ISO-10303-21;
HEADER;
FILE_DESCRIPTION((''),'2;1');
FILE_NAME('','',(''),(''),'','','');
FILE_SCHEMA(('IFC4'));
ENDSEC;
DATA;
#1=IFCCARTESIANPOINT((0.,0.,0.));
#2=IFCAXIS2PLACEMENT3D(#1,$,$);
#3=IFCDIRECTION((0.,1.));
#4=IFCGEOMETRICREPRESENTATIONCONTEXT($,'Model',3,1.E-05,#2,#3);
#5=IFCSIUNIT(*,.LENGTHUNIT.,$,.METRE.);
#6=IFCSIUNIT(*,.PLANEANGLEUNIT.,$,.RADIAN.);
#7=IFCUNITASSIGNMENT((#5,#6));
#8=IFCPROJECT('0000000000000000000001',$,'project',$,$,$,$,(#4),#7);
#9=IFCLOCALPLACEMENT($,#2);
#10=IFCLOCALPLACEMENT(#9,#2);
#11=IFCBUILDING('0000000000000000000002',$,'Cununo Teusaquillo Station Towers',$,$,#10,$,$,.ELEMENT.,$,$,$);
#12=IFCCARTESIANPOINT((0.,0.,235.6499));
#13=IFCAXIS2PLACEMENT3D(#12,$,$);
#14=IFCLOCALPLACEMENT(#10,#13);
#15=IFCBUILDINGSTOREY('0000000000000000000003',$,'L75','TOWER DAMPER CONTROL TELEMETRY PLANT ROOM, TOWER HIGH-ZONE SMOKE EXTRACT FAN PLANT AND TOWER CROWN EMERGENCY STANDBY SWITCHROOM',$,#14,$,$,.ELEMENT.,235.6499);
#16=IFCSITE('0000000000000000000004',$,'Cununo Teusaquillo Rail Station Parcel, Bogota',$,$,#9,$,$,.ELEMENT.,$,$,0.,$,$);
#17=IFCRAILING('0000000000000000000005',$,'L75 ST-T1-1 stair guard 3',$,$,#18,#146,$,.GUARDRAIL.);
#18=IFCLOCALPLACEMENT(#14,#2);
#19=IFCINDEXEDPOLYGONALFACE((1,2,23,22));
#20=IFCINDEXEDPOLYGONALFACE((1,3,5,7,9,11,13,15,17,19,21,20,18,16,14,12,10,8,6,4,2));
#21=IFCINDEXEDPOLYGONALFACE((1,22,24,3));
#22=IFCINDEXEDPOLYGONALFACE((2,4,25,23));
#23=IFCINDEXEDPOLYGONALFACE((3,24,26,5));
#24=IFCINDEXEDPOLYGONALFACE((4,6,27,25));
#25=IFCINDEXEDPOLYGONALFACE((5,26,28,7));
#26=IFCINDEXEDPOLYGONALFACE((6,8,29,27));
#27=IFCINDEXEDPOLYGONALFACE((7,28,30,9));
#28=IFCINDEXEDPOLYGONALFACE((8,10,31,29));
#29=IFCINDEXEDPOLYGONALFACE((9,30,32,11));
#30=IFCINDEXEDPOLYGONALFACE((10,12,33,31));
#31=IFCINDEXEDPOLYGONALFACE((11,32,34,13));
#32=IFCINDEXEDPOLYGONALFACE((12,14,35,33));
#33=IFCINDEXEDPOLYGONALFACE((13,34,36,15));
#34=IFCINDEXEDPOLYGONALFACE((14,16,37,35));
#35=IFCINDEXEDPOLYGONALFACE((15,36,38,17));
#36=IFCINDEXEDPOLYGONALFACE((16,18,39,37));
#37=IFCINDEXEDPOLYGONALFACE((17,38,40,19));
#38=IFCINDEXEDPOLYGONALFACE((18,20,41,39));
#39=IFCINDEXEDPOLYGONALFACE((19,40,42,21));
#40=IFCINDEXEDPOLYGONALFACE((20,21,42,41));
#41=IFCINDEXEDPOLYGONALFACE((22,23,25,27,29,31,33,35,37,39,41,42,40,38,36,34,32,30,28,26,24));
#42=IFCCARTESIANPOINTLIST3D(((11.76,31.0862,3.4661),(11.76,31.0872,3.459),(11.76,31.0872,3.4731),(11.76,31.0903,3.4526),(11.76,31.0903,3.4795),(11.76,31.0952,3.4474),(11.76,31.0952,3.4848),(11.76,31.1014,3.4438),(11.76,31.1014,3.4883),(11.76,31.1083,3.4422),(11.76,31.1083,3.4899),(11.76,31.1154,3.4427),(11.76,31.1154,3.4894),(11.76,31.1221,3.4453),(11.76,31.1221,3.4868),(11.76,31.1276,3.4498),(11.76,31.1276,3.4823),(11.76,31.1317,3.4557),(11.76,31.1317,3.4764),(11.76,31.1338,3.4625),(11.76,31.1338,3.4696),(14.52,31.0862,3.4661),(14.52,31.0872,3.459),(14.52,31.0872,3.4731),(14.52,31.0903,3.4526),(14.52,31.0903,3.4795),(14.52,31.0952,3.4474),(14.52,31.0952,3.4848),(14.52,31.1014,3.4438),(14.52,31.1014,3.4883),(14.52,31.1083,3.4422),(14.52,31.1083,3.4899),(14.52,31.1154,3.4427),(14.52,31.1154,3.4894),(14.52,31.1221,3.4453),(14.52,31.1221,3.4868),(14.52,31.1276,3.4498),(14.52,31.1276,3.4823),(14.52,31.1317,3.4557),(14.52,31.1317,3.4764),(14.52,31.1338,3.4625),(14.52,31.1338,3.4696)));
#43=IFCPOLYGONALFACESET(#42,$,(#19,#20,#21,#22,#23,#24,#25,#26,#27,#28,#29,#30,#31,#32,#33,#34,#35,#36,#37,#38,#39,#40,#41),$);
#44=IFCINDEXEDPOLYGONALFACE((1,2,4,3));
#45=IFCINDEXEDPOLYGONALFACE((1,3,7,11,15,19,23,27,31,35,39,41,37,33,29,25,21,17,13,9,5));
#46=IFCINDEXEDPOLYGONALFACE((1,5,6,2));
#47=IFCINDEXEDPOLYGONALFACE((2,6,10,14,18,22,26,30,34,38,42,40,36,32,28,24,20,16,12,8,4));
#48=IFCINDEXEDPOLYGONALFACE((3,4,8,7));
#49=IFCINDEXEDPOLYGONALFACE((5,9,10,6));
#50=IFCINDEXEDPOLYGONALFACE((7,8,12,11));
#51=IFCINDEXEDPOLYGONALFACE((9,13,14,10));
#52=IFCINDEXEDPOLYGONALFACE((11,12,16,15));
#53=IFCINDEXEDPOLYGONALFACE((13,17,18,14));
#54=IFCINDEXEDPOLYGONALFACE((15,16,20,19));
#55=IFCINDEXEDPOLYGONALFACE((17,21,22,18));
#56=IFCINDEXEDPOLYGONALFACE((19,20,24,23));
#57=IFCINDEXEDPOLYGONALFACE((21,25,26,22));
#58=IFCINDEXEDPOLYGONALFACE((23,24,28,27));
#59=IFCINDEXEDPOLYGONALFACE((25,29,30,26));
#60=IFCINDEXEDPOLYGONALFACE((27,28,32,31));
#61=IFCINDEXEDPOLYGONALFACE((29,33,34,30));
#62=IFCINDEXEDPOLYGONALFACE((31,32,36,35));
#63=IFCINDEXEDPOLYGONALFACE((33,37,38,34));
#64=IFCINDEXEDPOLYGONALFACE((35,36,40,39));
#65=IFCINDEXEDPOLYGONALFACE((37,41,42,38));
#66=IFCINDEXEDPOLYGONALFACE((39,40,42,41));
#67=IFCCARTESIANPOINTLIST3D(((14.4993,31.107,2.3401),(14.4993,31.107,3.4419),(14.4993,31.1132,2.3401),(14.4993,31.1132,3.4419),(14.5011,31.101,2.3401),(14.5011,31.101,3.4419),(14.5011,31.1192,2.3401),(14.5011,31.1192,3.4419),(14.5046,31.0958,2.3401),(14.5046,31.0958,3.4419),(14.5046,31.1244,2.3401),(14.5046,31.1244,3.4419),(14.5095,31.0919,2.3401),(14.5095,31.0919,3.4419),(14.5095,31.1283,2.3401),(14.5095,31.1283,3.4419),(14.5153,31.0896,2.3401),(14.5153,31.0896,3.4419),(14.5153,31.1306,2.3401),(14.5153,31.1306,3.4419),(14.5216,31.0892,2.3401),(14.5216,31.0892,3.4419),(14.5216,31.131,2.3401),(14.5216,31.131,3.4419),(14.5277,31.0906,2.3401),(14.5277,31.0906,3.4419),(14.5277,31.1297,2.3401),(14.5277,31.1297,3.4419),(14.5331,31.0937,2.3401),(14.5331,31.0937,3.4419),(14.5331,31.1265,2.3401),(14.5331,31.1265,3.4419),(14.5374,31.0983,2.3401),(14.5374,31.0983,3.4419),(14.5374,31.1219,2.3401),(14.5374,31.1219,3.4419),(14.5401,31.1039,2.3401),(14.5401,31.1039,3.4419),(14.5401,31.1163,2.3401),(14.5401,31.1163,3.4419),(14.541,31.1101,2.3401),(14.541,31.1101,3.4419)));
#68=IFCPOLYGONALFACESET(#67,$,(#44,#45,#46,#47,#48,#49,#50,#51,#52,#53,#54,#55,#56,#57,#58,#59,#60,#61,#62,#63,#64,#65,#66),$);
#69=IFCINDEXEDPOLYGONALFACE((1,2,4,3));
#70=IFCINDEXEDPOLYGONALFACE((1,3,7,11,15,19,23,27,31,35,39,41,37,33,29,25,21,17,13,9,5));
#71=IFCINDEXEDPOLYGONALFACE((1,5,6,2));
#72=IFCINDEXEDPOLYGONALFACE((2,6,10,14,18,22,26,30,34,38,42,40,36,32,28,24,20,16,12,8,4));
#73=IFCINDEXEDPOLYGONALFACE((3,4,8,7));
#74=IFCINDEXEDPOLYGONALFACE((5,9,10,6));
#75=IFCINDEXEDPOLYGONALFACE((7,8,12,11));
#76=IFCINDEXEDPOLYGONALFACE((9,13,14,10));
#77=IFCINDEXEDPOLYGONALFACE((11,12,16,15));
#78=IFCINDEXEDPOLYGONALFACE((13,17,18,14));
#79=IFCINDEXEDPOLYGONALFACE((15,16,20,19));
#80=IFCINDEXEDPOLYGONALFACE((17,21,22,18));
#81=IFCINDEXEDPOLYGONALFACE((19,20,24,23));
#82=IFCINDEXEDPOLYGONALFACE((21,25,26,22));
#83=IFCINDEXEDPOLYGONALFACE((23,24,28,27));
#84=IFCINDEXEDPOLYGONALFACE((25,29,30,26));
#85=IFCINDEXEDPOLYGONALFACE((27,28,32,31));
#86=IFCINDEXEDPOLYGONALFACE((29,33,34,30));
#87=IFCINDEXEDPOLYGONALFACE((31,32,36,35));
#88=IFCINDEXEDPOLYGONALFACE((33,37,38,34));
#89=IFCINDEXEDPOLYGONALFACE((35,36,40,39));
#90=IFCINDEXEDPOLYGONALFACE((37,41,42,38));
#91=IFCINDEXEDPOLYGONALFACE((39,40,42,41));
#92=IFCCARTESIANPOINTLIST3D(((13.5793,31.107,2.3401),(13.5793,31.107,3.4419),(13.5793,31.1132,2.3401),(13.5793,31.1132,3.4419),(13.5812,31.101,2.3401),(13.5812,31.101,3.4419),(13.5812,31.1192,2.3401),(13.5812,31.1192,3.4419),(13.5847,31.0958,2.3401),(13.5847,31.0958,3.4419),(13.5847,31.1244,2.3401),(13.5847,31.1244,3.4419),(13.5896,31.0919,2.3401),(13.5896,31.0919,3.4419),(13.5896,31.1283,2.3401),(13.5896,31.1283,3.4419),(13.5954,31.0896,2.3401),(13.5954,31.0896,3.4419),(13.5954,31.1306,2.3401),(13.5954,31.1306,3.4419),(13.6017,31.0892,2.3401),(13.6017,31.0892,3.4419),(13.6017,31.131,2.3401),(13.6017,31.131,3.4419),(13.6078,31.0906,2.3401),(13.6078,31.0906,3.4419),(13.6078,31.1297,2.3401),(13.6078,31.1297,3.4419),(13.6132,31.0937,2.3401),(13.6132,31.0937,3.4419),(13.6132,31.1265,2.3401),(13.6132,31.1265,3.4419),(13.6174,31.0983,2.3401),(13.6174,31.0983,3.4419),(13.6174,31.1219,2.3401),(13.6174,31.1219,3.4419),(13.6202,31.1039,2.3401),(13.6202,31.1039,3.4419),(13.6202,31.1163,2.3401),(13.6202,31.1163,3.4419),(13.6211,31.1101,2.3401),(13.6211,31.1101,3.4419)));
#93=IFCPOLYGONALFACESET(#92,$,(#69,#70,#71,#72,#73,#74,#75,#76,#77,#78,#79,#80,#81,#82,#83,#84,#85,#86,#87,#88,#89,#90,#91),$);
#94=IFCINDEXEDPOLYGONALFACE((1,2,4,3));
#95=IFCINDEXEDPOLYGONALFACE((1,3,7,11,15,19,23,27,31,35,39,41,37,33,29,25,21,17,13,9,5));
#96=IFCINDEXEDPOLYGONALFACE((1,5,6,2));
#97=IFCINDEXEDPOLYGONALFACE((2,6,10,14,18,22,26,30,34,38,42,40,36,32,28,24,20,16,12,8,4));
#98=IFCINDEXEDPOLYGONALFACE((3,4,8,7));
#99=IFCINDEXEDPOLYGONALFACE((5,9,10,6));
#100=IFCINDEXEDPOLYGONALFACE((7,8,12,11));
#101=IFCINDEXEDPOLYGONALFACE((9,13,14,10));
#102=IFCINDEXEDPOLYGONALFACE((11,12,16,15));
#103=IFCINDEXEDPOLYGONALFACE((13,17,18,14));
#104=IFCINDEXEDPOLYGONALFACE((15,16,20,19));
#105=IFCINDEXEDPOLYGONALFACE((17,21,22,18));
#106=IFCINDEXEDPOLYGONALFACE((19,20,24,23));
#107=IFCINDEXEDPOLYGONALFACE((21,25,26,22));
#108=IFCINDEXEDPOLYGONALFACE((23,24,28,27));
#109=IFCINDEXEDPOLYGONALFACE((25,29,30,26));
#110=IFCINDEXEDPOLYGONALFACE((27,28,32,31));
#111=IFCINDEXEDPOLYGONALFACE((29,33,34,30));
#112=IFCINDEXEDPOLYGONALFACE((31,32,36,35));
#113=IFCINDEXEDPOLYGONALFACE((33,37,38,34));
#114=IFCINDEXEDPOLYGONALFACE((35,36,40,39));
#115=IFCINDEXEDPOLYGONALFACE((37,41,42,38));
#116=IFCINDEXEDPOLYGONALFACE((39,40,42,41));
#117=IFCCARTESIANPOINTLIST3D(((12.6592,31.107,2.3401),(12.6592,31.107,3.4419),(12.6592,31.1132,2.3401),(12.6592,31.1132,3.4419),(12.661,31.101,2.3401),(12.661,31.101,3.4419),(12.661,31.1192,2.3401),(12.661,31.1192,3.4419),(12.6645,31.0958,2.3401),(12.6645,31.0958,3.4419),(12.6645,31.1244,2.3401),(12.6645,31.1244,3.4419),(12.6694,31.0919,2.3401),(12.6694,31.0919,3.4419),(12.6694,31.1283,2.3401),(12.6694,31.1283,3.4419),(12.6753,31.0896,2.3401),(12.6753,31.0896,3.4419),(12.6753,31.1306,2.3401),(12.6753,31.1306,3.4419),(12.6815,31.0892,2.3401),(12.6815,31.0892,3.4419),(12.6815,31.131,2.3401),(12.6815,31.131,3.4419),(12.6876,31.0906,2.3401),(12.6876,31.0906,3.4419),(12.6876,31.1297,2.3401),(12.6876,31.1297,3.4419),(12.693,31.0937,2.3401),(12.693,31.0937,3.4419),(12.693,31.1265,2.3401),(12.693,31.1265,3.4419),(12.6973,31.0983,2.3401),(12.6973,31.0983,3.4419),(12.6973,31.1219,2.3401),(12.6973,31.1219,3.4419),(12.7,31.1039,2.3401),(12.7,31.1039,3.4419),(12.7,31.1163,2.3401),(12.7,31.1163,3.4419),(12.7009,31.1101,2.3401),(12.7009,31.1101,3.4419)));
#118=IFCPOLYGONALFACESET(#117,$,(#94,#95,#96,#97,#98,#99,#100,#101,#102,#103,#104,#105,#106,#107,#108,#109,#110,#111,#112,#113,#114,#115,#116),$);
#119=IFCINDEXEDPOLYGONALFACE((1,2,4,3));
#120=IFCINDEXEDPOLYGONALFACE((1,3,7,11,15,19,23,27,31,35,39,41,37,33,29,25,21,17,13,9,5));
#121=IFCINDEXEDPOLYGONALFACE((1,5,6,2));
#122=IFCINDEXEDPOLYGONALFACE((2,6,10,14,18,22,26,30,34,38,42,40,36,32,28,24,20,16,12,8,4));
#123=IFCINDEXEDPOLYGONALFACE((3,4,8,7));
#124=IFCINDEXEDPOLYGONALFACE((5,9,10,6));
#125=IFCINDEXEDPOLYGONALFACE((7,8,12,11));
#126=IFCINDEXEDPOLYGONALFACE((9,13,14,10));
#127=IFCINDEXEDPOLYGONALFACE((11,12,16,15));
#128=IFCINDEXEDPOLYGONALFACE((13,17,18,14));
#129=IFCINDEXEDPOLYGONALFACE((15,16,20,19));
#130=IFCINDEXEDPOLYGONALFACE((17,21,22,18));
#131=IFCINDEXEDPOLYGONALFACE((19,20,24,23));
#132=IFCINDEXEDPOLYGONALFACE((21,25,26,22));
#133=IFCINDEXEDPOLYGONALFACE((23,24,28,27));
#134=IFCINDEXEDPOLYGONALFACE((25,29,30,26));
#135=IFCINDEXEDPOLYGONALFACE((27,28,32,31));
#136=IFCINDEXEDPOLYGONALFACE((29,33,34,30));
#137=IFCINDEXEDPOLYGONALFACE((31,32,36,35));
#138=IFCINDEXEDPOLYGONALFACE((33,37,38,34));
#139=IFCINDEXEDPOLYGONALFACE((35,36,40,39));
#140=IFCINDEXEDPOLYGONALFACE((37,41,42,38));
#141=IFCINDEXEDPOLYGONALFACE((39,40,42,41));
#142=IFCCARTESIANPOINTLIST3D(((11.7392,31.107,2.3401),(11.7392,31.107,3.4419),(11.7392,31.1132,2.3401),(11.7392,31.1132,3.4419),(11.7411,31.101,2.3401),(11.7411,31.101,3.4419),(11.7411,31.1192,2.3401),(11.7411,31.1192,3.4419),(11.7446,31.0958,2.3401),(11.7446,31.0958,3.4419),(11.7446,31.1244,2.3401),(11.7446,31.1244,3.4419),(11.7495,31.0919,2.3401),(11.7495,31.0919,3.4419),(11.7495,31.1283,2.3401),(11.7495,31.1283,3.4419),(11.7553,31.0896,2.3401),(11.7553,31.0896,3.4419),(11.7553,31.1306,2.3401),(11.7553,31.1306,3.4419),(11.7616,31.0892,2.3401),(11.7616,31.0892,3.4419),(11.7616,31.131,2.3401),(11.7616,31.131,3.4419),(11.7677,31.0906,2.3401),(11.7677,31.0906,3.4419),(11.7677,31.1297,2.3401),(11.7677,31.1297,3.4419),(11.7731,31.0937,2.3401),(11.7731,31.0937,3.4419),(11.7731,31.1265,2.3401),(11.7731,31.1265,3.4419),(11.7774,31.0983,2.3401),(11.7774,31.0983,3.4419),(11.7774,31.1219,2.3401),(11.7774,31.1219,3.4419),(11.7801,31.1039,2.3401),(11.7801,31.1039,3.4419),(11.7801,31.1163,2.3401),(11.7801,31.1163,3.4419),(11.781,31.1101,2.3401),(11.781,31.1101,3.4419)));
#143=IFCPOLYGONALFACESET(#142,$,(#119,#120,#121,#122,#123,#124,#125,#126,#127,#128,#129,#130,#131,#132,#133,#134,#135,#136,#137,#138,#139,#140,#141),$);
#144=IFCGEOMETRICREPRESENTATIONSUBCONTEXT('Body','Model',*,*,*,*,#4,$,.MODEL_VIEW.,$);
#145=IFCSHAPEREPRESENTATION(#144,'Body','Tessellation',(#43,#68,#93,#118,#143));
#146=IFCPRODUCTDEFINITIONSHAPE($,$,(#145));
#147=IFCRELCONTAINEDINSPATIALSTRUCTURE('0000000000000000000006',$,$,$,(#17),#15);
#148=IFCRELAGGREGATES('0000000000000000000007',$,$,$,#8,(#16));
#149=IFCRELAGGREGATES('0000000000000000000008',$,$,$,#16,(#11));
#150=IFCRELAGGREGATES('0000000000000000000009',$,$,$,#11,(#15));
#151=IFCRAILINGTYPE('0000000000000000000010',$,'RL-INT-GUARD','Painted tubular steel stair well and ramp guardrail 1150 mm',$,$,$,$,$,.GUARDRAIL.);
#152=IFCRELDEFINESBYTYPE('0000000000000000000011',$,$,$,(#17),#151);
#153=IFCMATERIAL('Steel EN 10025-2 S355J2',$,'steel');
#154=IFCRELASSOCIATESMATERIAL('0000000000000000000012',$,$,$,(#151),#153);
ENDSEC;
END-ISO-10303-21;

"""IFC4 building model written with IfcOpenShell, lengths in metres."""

from ifc_helpers import new_model, si_unit, direction, frame, origin, origin_2d, place, context, subcontext, project, spatial, circle, extrude, material, type_object, element, save


model = new_model("IFC4")

# Units and contexts
model_context = context("Model", 3, precision=1e-05, world=origin(), true_north=direction((0.0, 1.0)))
body_context = subcontext(model_context, "Body", "Model", "MODEL_VIEW")
ifc_project = project(units=[si_unit("LENGTHUNIT", "METRE"), si_unit("PLANEANGLEUNIT", "RADIAN")], contexts=[model_context])

# Site, building, storey
site_placement = place(None, origin())
site = spatial("IfcSite", under=ifc_project, at=site_placement, Name="Cununo Teusaquillo Rail Station Parcel, Bogota", CompositionType="ELEMENT", RefElevation=0.0)
building_placement = place(site_placement, origin())
building = spatial("IfcBuilding", under=site, at=building_placement, Name="Cununo Teusaquillo Station Towers", CompositionType="ELEMENT")
storey_placement = place(building_placement, frame((0.0, 0.0, 235.6499)))
storey = spatial("IfcBuildingStorey", under=building, at=storey_placement, Name="L75", Description="TOWER DAMPER CONTROL TELEMETRY PLANT ROOM, TOWER HIGH-ZONE SMOKE EXTRACT FAN PLANT AND TOWER CROWN EMERGENCY STANDBY SWITCHROOM", CompositionType="ELEMENT", Elevation=235.6499)

# Railing
ifc_material_1 = material(Name="Steel EN 10025-2 S355J2", Category="steel")
railing_type_1 = type_object("IfcRailingType", Name="RL-INT-GUARD", Description="Painted tubular steel stair well and ramp guardrail 1150 mm", PredefinedType="GUARDRAIL", material=ifc_material_1)
railing_1_placement = place(storey_placement, frame((14.52, 31.1101, 2.3401)))
element("IfcRailing", 1, at=railing_1_placement, inside=storey, type_object=railing_type_1, Name="L75 ST-T1-1 stair guard 3", PredefinedType="GUARDRAIL", context=body_context, shape_type="SweptSolid", body=[
    extrude(circle(Radius=0.0239, at=origin_2d()), frame((0.0, 0.0, 1.126), z_axis=(-1.0, 0.0, 0.0), x_axis=(0.0, -1.0, 0.0)), (0.0, 0.0, 1.0), 2.76),
    extrude(circle(Radius=0.021, at=origin_2d()), origin(), (0.0, 0.0, 1.0), 1.1018),
    extrude(circle(Radius=0.021, at=origin_2d()), frame((-0.9199, 0.0, 0.0)), (0.0, 0.0, 1.0), 1.1018),
    extrude(circle(Radius=0.021, at=origin_2d()), frame((-1.8401, 0.0, 0.0)), (0.0, 0.0, 1.0), 1.1018),
    extrude(circle(Radius=0.021, at=origin_2d()), frame((-2.76, 0.0, 0.0)), (0.0, 0.0, 1.0), 1.1018),
])

save(model, "model.ifc")
